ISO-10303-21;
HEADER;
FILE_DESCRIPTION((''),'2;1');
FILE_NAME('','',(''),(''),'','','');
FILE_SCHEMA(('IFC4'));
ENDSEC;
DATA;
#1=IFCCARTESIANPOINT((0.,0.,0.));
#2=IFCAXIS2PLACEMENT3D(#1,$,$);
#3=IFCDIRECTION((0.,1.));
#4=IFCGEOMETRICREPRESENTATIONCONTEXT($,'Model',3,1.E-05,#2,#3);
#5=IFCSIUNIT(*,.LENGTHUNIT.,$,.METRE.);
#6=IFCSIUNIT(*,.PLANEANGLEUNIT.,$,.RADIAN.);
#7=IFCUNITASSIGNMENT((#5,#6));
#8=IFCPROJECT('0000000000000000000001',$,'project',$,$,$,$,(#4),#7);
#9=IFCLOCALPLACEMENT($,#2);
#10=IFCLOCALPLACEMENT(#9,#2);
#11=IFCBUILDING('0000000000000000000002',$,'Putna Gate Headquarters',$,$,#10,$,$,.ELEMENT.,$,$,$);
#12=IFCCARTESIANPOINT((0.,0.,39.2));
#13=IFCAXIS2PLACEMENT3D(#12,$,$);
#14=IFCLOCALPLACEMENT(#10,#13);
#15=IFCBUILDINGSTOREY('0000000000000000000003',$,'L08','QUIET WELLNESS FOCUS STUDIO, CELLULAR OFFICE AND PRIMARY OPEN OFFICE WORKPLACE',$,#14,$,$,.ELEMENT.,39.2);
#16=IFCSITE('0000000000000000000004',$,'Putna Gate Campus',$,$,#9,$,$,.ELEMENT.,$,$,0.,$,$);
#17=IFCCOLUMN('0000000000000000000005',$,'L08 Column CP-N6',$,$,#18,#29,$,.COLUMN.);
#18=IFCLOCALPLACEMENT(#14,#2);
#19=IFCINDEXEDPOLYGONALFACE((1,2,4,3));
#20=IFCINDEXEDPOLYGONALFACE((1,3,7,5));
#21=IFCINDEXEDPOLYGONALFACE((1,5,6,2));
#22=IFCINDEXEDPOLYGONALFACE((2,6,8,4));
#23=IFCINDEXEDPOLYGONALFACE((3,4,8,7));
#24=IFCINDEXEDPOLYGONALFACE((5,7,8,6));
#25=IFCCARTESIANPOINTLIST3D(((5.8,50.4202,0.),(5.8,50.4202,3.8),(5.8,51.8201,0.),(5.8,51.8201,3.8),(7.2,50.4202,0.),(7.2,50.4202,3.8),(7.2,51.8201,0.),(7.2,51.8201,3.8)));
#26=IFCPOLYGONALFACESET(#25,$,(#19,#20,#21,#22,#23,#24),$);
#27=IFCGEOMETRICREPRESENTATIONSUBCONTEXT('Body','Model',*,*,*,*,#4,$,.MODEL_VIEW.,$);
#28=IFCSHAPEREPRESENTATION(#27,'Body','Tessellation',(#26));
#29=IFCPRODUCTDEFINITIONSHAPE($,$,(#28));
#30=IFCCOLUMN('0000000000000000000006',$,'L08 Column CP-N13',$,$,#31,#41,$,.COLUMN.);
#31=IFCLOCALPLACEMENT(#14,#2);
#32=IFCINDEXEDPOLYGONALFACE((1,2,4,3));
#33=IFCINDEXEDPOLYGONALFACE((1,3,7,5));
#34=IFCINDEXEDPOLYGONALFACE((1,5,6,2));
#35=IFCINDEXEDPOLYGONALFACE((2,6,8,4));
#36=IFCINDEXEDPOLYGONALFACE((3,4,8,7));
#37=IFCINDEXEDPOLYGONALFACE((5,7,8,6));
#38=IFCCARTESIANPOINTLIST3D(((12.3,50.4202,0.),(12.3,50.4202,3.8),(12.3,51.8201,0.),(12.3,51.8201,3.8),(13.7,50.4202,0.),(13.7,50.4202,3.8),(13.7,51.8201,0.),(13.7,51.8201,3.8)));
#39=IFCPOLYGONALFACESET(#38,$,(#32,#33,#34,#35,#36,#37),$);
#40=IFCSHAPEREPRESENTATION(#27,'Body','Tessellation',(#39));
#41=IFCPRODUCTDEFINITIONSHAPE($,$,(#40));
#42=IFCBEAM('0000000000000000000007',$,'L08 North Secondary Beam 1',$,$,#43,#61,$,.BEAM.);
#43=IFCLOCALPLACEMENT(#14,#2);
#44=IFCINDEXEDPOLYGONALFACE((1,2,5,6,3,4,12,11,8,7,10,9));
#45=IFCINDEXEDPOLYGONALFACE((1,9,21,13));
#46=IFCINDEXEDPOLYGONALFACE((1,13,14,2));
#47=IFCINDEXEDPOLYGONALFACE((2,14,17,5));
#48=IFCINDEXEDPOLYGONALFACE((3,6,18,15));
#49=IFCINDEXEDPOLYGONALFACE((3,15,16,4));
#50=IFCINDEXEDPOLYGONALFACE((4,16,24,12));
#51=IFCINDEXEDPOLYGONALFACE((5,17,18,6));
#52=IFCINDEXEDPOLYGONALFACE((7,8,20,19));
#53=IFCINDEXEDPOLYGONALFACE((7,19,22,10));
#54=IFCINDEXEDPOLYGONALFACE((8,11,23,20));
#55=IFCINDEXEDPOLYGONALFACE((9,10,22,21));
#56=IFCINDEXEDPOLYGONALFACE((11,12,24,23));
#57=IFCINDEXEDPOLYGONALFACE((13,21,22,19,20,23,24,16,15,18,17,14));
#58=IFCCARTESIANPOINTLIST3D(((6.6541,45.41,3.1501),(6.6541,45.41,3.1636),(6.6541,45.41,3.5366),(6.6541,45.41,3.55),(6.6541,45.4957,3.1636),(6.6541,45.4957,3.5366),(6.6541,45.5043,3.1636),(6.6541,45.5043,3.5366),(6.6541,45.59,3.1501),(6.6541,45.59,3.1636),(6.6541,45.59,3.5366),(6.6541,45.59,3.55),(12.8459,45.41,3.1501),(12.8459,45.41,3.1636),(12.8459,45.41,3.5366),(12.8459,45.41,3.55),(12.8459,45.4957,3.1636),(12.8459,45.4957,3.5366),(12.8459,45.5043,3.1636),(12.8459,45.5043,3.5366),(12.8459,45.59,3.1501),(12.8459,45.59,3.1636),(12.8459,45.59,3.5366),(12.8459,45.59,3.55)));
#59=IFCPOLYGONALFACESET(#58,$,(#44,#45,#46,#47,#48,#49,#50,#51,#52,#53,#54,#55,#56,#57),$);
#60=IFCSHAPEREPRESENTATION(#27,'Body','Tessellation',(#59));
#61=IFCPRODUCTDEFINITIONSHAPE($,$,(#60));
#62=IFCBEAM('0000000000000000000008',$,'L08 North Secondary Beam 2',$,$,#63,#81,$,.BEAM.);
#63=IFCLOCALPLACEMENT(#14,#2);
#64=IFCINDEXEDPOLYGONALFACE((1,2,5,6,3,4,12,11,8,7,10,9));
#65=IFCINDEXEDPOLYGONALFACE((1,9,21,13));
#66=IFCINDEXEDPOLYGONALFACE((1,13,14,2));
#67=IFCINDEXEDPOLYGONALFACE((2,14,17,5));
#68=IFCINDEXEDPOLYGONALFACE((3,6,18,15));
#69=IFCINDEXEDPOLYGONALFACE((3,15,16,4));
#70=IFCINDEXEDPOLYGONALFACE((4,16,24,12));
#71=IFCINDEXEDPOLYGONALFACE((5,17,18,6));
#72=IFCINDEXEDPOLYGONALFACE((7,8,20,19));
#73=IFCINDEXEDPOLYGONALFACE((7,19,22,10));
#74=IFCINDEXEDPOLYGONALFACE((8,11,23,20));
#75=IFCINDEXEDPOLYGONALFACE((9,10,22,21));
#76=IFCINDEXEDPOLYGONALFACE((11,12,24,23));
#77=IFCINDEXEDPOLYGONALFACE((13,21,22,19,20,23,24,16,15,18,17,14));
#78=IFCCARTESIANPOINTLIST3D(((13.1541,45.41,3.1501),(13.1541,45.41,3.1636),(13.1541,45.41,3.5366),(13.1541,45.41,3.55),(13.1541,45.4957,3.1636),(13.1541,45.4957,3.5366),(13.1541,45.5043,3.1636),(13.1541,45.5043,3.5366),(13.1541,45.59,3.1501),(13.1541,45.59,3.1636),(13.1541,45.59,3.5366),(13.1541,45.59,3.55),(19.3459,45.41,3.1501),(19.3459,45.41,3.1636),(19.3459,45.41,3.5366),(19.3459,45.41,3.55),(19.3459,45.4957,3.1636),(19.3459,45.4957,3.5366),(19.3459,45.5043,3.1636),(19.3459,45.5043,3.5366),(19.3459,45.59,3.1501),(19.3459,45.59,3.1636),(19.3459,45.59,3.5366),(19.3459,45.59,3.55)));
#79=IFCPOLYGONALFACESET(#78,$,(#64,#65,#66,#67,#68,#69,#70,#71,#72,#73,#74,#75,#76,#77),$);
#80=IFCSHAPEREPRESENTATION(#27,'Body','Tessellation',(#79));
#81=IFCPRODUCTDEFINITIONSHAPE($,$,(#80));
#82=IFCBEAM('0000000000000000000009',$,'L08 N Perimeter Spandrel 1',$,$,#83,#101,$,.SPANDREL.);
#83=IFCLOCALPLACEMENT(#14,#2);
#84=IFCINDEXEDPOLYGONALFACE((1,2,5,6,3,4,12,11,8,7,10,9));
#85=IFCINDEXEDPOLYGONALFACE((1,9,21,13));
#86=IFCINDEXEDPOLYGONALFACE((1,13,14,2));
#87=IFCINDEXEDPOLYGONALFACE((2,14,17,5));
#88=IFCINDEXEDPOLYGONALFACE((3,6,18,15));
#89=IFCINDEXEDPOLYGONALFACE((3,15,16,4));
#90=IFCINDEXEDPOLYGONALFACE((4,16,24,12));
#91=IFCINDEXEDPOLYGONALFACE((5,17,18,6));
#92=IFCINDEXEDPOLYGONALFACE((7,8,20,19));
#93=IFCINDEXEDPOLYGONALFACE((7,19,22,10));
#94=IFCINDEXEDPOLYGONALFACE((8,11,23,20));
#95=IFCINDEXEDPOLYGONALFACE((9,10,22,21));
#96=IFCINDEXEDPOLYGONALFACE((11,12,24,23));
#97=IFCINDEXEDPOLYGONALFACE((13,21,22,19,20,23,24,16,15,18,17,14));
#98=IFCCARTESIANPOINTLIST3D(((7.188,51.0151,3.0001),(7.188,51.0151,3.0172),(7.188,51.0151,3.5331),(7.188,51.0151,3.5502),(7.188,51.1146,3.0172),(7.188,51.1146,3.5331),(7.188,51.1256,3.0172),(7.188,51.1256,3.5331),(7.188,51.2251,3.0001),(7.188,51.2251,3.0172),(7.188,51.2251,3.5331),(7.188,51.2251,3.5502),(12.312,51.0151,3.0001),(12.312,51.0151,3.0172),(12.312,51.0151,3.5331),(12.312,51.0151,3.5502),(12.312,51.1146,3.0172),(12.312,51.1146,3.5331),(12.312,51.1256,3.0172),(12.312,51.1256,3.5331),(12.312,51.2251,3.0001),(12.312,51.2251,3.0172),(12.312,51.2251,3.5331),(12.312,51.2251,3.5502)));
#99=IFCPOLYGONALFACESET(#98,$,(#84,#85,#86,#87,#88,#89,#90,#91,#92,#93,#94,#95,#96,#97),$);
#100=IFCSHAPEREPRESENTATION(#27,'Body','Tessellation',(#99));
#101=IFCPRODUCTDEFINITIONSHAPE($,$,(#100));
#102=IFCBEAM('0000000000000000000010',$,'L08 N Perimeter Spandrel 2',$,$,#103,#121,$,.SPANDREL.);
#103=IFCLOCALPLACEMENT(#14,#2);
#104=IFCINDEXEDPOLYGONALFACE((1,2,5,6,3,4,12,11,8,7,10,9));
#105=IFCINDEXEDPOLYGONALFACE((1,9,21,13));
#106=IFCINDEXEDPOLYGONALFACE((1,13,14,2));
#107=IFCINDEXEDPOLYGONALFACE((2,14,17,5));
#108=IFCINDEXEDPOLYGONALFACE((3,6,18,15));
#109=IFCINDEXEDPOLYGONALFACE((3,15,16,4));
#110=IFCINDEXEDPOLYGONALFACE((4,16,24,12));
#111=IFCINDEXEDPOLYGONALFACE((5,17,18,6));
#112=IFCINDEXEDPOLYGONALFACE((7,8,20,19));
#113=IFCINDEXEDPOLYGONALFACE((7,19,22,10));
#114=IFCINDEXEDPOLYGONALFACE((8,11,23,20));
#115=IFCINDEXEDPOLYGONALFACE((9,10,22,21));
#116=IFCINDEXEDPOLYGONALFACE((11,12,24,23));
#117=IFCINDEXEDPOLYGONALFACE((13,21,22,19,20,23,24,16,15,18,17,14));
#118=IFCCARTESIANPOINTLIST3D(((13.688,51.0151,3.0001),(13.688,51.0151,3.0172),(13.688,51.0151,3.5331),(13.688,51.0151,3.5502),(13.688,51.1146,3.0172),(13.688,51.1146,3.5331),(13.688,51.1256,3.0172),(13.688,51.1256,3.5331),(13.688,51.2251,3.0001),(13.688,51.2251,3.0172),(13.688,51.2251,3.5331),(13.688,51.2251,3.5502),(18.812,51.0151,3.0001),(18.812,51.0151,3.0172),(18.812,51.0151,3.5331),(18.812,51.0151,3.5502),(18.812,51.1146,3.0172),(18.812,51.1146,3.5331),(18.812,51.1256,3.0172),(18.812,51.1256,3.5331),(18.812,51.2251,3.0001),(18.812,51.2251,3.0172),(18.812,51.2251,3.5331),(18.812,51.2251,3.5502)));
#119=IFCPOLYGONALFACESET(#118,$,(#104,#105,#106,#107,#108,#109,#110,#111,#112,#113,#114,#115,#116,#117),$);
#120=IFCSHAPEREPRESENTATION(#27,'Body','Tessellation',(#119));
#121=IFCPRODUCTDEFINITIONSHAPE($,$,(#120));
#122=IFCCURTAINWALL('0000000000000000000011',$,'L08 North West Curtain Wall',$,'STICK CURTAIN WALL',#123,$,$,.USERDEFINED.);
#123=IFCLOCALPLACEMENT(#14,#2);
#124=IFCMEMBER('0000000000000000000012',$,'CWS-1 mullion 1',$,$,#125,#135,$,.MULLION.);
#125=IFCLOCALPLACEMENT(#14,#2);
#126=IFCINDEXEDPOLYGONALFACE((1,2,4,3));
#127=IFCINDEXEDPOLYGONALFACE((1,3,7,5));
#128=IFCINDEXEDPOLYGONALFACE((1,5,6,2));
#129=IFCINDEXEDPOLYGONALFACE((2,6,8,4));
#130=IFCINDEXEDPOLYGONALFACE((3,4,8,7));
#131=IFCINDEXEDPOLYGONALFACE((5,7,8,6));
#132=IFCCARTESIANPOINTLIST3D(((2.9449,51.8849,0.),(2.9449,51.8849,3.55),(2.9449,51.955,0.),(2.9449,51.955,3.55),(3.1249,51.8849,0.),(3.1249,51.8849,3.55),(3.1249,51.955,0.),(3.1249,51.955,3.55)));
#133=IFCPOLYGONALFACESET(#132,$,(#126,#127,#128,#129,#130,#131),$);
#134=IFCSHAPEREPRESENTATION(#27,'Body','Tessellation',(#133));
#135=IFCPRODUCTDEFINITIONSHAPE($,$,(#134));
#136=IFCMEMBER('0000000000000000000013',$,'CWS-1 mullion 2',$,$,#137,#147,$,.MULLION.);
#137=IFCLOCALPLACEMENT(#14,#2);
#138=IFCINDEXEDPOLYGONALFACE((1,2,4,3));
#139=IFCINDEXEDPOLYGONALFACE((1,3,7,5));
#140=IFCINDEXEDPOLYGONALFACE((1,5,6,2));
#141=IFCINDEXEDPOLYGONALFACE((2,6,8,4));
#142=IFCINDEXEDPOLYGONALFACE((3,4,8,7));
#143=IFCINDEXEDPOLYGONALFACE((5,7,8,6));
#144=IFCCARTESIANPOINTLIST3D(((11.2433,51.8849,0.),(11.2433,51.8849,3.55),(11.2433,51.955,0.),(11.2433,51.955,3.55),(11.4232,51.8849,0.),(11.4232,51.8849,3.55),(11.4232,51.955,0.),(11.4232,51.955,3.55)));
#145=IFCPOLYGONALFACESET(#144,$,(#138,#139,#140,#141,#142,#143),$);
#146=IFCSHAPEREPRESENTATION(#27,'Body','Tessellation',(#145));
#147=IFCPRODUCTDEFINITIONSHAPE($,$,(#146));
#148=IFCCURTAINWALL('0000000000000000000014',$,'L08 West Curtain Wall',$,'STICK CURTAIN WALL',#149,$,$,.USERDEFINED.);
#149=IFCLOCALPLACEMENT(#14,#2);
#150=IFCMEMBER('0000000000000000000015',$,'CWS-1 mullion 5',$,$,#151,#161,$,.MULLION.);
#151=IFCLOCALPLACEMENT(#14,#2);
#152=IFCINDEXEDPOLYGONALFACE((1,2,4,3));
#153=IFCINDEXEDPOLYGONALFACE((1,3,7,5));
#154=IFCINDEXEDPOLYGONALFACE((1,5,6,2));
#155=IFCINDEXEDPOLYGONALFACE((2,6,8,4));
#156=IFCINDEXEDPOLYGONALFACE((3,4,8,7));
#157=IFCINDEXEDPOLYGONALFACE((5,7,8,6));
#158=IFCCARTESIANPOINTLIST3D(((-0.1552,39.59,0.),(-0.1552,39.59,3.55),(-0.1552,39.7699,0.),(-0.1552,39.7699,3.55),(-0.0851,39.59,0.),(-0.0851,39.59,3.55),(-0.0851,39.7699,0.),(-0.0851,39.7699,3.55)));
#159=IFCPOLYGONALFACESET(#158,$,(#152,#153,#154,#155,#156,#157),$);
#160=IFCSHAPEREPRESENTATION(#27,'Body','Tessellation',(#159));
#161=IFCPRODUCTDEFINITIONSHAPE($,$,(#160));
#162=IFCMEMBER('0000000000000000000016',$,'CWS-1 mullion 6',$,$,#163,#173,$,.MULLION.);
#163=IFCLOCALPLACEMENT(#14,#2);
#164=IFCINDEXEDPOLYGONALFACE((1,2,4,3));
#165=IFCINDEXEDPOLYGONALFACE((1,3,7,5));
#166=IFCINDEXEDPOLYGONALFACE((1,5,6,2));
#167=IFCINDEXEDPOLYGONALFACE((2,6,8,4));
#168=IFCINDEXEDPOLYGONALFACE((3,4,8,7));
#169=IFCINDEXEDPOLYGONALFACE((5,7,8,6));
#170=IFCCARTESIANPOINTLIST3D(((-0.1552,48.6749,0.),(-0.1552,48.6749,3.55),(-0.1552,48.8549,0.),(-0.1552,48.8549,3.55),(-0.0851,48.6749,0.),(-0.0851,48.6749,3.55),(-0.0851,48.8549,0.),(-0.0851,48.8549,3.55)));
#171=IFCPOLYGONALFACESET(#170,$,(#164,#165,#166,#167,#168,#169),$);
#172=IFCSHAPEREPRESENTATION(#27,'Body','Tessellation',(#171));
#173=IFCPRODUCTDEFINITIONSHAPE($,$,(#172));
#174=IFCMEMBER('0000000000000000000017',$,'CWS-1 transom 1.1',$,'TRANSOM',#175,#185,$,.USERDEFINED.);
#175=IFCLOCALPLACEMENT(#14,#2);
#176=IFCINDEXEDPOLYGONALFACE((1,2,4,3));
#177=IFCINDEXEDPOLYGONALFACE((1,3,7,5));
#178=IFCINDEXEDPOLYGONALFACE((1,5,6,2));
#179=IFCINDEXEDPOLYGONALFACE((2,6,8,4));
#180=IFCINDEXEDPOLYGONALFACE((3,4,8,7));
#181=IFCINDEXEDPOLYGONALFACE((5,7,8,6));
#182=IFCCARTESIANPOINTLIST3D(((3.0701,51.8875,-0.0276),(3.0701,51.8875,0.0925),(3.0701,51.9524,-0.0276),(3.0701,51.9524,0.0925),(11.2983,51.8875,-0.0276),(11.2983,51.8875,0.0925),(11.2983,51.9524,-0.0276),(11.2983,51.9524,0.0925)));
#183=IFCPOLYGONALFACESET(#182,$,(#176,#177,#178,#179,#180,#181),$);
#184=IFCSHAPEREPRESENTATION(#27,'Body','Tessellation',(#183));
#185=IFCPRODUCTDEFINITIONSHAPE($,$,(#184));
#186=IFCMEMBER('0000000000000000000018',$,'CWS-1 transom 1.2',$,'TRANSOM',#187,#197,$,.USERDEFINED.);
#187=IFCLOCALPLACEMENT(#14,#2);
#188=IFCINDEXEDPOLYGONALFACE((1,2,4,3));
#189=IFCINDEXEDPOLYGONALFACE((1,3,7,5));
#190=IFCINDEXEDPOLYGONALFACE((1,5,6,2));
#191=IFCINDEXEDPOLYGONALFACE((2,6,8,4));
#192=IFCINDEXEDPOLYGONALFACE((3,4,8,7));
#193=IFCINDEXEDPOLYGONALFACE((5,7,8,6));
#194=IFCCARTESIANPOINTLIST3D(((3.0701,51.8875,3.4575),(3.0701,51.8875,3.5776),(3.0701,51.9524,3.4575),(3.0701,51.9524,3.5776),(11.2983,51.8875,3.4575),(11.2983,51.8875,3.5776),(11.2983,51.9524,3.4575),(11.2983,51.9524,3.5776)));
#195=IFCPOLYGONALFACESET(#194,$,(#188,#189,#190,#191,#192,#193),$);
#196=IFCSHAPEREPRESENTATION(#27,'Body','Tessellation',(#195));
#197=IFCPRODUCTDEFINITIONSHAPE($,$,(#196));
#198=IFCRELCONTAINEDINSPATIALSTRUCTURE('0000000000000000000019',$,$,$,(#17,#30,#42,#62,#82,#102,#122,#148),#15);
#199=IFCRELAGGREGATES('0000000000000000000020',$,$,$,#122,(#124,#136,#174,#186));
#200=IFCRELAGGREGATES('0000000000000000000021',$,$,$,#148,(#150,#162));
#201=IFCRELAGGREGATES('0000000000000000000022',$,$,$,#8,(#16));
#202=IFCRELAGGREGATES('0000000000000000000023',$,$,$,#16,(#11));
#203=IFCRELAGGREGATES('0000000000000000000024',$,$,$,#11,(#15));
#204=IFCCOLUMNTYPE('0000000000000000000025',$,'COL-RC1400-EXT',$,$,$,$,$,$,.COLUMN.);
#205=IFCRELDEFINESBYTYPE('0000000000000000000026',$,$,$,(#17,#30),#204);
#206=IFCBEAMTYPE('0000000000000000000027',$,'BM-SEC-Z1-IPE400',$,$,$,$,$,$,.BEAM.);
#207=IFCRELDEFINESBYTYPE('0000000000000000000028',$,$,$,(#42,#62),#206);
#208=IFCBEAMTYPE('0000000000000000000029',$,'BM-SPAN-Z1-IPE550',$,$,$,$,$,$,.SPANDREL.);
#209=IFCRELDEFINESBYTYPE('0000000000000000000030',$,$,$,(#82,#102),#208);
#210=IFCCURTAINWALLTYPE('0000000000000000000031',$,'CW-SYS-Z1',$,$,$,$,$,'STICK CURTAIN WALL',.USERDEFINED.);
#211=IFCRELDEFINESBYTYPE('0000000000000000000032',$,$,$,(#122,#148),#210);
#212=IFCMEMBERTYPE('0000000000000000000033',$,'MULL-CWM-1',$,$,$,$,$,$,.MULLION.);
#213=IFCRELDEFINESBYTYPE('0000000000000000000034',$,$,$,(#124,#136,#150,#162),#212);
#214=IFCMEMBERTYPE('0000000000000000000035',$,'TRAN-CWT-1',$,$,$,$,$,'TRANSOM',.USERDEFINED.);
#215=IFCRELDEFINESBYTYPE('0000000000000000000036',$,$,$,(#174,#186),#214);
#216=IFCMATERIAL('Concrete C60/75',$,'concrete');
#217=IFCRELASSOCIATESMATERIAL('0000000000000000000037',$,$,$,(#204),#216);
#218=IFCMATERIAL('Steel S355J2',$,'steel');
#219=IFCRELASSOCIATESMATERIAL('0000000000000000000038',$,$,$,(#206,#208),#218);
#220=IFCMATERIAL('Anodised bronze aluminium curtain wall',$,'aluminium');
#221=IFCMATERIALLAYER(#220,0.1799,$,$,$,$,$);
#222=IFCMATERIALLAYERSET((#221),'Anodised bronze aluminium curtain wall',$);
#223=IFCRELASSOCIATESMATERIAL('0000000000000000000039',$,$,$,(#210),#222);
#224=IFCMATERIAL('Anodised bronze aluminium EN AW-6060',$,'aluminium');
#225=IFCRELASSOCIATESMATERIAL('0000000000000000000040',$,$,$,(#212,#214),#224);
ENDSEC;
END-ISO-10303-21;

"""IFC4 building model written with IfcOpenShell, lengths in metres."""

from ifc_helpers import new_model, si_unit, direction, frame, origin, origin_2d, place, context, subcontext, project, spatial, rectangle, i_section, extrude, material, layer, layer_set, material_profile, profile_set, type_object, element, aggregate, save


model = new_model("IFC4")

# Units and contexts
model_context = context("Model", 3, precision=1e-05, world=origin(), true_north=direction((0.0, 1.0)))
body_context = subcontext(model_context, "Body", "Model", "MODEL_VIEW")
ifc_project = project(units=[si_unit("LENGTHUNIT", "METRE"), si_unit("PLANEANGLEUNIT", "RADIAN")], contexts=[model_context])

# Site, building, storey
site_placement = place(None, origin())
site = spatial("IfcSite", under=ifc_project, at=site_placement, Name="Putna Gate Campus", CompositionType="ELEMENT", RefElevation=0.0)
building_placement = place(site_placement, origin())
building = spatial("IfcBuilding", under=site, at=building_placement, Name="Putna Gate Headquarters", CompositionType="ELEMENT")
storey_placement = place(building_placement, frame((0.0, 0.0, 39.2)))
storey = spatial("IfcBuildingStorey", under=building, at=storey_placement, Name="L08", Description="QUIET WELLNESS FOCUS STUDIO, CELLULAR OFFICE AND PRIMARY OPEN OFFICE WORKPLACE", CompositionType="ELEMENT", Elevation=39.2)

# Columns
ifc_material_1 = material(Name="Concrete C60/75", Category="concrete")
ifc_material_profile_1 = material_profile(ifc_material_1, rectangle(XDim=1.3999, YDim=1.3999, at=origin_2d()), Name="Concrete C60/75")
ifc_profile_set_1 = profile_set([ifc_material_profile_1], Name="Concrete C60/75")
column_type = type_object("IfcColumnType", Name="COL-RC1400-EXT", PredefinedType="COLUMN", material=ifc_profile_set_1)
for number, where, z_axis, x_axis, name in (
    (1, (6.5, 51.1201, 0.0), (0.0, 0.0, 1.0), (1.0, 0.0, 0.0), "L08 Column CP-N6"),
    (2, (13.0, 51.1201, 0.0), (0.0, 0.0, 1.0), (1.0, 0.0, 0.0), "L08 Column CP-N13"),
):
    element("IfcColumn", number, at=place(storey_placement, frame(where, z_axis=z_axis, x_axis=x_axis)), inside=storey, type_object=column_type, Name=name, PredefinedType="COLUMN", context=body_context, shape_type="SweptSolid", body=[
        extrude(rectangle(XDim=1.3999, YDim=1.3999, at=origin_2d()), origin(), (0.0, 0.0, 1.0), 3.8),
    ])

# Beams
ifc_material_2 = material(Name="Steel S355J2", Category="steel")
ifc_material_profile_2 = material_profile(ifc_material_2, i_section(OverallWidth=0.1799, OverallDepth=0.3999, WebThickness=0.0085, FlangeThickness=0.0134, at=origin_2d()), Name="Steel S355J2")
ifc_profile_set_2 = profile_set([ifc_material_profile_2], Name="Steel S355J2")
beam_type_1 = type_object("IfcBeamType", Name="BM-SEC-Z1-IPE400", PredefinedType="BEAM", material=ifc_profile_set_2)
for number, where, z_axis, x_axis, name in (
    (3, (6.6541, 45.5, 3.3501), (1.0, 0.0, 0.0), (0.0, 1.0, 0.0), "L08 North Secondary Beam 1"),
    (4, (13.1541, 45.5, 3.3501), (1.0, 0.0, 0.0), (0.0, 1.0, 0.0), "L08 North Secondary Beam 2"),
):
    element("IfcBeam", number, at=place(storey_placement, frame(where, z_axis=z_axis, x_axis=x_axis)), inside=storey, type_object=beam_type_1, Name=name, PredefinedType="BEAM", context=body_context, shape_type="SweptSolid", body=[
        extrude(i_section(OverallWidth=0.1799, OverallDepth=0.3999, WebThickness=0.0085, FlangeThickness=0.0134, at=origin_2d()), origin(), (0.0, 0.0, 1.0), 6.1919),
    ])
ifc_material_profile_3 = material_profile(ifc_material_2, i_section(OverallWidth=0.21, OverallDepth=0.55, WebThickness=0.011, FlangeThickness=0.0171, at=origin_2d()), Name="Steel S355J2")
ifc_profile_set_3 = profile_set([ifc_material_profile_3], Name="Steel S355J2")
beam_type_2 = type_object("IfcBeamType", Name="BM-SPAN-Z1-IPE550", PredefinedType="SPANDREL", material=ifc_profile_set_3)
for number, where, z_axis, x_axis, name in (
    (5, (7.188, 51.1201, 3.2751), (1.0, 0.0, 0.0), (0.0, 1.0, 0.0), "L08 N Perimeter Spandrel 1"),
    (6, (13.688, 51.1201, 3.2751), (1.0, 0.0, 0.0), (0.0, 1.0, 0.0), "L08 N Perimeter Spandrel 2"),
):
    element("IfcBeam", number, at=place(storey_placement, frame(where, z_axis=z_axis, x_axis=x_axis)), inside=storey, type_object=beam_type_2, Name=name, PredefinedType="SPANDREL", context=body_context, shape_type="SweptSolid", body=[
        extrude(i_section(OverallWidth=0.21, OverallDepth=0.55, WebThickness=0.011, FlangeThickness=0.0171, at=origin_2d()), origin(), (0.0, 0.0, 1.0), 5.124),
    ])

# Curtain walls, members
ifc_material_3 = material(Name="Anodised bronze aluminium curtain wall", Category="aluminium")
ifc_layer_1 = layer(ifc_material_3, 0.1799)
ifc_layer_set_1 = layer_set([ifc_layer_1], Name="Anodised bronze aluminium curtain wall")
curtain_wall_type = type_object("IfcCurtainWallType", Name="CW-SYS-Z1", ElementType="STICK CURTAIN WALL", PredefinedType="USERDEFINED", material=ifc_layer_set_1)
curtain_wall_1_placement = place(storey_placement, origin())
curtain_wall_1 = element("IfcCurtainWall", 7, at=curtain_wall_1_placement, inside=storey, type_object=curtain_wall_type, Name="L08 North West Curtain Wall", ObjectType="STICK CURTAIN WALL", PredefinedType="USERDEFINED")
ifc_material_4 = material(Name="Anodised bronze aluminium EN AW-6060", Category="aluminium")
ifc_material_profile_4 = material_profile(ifc_material_4, rectangle(XDim=0.0701, YDim=0.1799, at=origin_2d()), Name="Anodised bronze aluminium EN AW-6060")
ifc_profile_set_4 = profile_set([ifc_material_profile_4], Name="Anodised bronze aluminium EN AW-6060")
member_type_1 = type_object("IfcMemberType", Name="MULL-CWM-1", PredefinedType="MULLION", material=ifc_profile_set_4)
member_1_placement = place(storey_placement, frame((3.0349, 51.9199, 0.0), z_axis=(0.0, 0.0, 1.0), x_axis=(0.0, 1.0, 0.0)))
member_1 = element("IfcMember", 8, at=member_1_placement, type_object=member_type_1, Name="CWS-1 mullion 1", PredefinedType="MULLION", context=body_context, shape_type="SweptSolid", body=[
    extrude(rectangle(XDim=0.0701, YDim=0.1799, at=origin_2d()), origin(), (0.0, 0.0, 1.0), 3.55),
])
member_2_placement = place(storey_placement, frame((11.3333, 51.9199, 0.0), z_axis=(0.0, 0.0, 1.0), x_axis=(0.0, 1.0, 0.0)))
member_2 = element("IfcMember", 9, at=member_2_placement, type_object=member_type_1, Name="CWS-1 mullion 2", PredefinedType="MULLION", context=body_context, shape_type="SweptSolid", body=[
    extrude(rectangle(XDim=0.0701, YDim=0.1799, at=origin_2d()), origin(), (0.0, 0.0, 1.0), 3.55),
])
curtain_wall_2_placement = place(storey_placement, origin())
curtain_wall_2 = element("IfcCurtainWall", 10, at=curtain_wall_2_placement, inside=storey, type_object=curtain_wall_type, Name="L08 West Curtain Wall", ObjectType="STICK CURTAIN WALL", PredefinedType="USERDEFINED")
member_3_placement = place(storey_placement, frame((-0.1201, 39.6799, 0.0), z_axis=(0.0, 0.0, 1.0), x_axis=(-1.0, 0.0, 0.0)))
member_3 = element("IfcMember", 11, at=member_3_placement, type_object=member_type_1, Name="CWS-1 mullion 5", PredefinedType="MULLION", context=body_context, shape_type="SweptSolid", body=[
    extrude(rectangle(XDim=0.0701, YDim=0.1799, at=origin_2d()), origin(), (0.0, 0.0, 1.0), 3.55),
])
member_4_placement = place(storey_placement, frame((-0.1201, 48.7649, 0.0), z_axis=(0.0, 0.0, 1.0), x_axis=(-1.0, 0.0, 0.0)))
member_4 = element("IfcMember", 12, at=member_4_placement, type_object=member_type_1, Name="CWS-1 mullion 6", PredefinedType="MULLION", context=body_context, shape_type="SweptSolid", body=[
    extrude(rectangle(XDim=0.0701, YDim=0.1799, at=origin_2d()), origin(), (0.0, 0.0, 1.0), 3.55),
])

# Members
ifc_material_profile_5 = material_profile(ifc_material_4, rectangle(XDim=0.0649, YDim=0.1201, at=origin_2d()), Name="Anodised bronze aluminium EN AW-6060")
ifc_profile_set_5 = profile_set([ifc_material_profile_5], Name="Anodised bronze aluminium EN AW-6060")
member_type_2 = type_object("IfcMemberType", Name="TRAN-CWT-1", ElementType="TRANSOM", PredefinedType="USERDEFINED", material=ifc_profile_set_5)
member_5_placement = place(storey_placement, frame((3.0701, 51.9199, 0.0325), z_axis=(1.0, 0.0, 0.0), x_axis=(0.0, 1.0, 0.0)))
member_5 = element("IfcMember", 13, at=member_5_placement, type_object=member_type_2, Name="CWS-1 transom 1.1", ObjectType="TRANSOM", PredefinedType="USERDEFINED", context=body_context, shape_type="SweptSolid", body=[
    extrude(rectangle(XDim=0.0649, YDim=0.1201, at=origin_2d()), origin(), (0.0, 0.0, 1.0), 8.2283),
])
member_6_placement = place(storey_placement, frame((3.0701, 51.9199, 3.5176), z_axis=(1.0, 0.0, 0.0), x_axis=(0.0, 1.0, 0.0)))
member_6 = element("IfcMember", 14, at=member_6_placement, type_object=member_type_2, Name="CWS-1 transom 1.2", ObjectType="TRANSOM", PredefinedType="USERDEFINED", context=body_context, shape_type="SweptSolid", body=[
    extrude(rectangle(XDim=0.0649, YDim=0.1201, at=origin_2d()), origin(), (0.0, 0.0, 1.0), 8.2283),
])

aggregate(curtain_wall_1, [member_1, member_2, member_5, member_6])
aggregate(curtain_wall_2, [member_3, member_4])

save(model, "model.ifc")
